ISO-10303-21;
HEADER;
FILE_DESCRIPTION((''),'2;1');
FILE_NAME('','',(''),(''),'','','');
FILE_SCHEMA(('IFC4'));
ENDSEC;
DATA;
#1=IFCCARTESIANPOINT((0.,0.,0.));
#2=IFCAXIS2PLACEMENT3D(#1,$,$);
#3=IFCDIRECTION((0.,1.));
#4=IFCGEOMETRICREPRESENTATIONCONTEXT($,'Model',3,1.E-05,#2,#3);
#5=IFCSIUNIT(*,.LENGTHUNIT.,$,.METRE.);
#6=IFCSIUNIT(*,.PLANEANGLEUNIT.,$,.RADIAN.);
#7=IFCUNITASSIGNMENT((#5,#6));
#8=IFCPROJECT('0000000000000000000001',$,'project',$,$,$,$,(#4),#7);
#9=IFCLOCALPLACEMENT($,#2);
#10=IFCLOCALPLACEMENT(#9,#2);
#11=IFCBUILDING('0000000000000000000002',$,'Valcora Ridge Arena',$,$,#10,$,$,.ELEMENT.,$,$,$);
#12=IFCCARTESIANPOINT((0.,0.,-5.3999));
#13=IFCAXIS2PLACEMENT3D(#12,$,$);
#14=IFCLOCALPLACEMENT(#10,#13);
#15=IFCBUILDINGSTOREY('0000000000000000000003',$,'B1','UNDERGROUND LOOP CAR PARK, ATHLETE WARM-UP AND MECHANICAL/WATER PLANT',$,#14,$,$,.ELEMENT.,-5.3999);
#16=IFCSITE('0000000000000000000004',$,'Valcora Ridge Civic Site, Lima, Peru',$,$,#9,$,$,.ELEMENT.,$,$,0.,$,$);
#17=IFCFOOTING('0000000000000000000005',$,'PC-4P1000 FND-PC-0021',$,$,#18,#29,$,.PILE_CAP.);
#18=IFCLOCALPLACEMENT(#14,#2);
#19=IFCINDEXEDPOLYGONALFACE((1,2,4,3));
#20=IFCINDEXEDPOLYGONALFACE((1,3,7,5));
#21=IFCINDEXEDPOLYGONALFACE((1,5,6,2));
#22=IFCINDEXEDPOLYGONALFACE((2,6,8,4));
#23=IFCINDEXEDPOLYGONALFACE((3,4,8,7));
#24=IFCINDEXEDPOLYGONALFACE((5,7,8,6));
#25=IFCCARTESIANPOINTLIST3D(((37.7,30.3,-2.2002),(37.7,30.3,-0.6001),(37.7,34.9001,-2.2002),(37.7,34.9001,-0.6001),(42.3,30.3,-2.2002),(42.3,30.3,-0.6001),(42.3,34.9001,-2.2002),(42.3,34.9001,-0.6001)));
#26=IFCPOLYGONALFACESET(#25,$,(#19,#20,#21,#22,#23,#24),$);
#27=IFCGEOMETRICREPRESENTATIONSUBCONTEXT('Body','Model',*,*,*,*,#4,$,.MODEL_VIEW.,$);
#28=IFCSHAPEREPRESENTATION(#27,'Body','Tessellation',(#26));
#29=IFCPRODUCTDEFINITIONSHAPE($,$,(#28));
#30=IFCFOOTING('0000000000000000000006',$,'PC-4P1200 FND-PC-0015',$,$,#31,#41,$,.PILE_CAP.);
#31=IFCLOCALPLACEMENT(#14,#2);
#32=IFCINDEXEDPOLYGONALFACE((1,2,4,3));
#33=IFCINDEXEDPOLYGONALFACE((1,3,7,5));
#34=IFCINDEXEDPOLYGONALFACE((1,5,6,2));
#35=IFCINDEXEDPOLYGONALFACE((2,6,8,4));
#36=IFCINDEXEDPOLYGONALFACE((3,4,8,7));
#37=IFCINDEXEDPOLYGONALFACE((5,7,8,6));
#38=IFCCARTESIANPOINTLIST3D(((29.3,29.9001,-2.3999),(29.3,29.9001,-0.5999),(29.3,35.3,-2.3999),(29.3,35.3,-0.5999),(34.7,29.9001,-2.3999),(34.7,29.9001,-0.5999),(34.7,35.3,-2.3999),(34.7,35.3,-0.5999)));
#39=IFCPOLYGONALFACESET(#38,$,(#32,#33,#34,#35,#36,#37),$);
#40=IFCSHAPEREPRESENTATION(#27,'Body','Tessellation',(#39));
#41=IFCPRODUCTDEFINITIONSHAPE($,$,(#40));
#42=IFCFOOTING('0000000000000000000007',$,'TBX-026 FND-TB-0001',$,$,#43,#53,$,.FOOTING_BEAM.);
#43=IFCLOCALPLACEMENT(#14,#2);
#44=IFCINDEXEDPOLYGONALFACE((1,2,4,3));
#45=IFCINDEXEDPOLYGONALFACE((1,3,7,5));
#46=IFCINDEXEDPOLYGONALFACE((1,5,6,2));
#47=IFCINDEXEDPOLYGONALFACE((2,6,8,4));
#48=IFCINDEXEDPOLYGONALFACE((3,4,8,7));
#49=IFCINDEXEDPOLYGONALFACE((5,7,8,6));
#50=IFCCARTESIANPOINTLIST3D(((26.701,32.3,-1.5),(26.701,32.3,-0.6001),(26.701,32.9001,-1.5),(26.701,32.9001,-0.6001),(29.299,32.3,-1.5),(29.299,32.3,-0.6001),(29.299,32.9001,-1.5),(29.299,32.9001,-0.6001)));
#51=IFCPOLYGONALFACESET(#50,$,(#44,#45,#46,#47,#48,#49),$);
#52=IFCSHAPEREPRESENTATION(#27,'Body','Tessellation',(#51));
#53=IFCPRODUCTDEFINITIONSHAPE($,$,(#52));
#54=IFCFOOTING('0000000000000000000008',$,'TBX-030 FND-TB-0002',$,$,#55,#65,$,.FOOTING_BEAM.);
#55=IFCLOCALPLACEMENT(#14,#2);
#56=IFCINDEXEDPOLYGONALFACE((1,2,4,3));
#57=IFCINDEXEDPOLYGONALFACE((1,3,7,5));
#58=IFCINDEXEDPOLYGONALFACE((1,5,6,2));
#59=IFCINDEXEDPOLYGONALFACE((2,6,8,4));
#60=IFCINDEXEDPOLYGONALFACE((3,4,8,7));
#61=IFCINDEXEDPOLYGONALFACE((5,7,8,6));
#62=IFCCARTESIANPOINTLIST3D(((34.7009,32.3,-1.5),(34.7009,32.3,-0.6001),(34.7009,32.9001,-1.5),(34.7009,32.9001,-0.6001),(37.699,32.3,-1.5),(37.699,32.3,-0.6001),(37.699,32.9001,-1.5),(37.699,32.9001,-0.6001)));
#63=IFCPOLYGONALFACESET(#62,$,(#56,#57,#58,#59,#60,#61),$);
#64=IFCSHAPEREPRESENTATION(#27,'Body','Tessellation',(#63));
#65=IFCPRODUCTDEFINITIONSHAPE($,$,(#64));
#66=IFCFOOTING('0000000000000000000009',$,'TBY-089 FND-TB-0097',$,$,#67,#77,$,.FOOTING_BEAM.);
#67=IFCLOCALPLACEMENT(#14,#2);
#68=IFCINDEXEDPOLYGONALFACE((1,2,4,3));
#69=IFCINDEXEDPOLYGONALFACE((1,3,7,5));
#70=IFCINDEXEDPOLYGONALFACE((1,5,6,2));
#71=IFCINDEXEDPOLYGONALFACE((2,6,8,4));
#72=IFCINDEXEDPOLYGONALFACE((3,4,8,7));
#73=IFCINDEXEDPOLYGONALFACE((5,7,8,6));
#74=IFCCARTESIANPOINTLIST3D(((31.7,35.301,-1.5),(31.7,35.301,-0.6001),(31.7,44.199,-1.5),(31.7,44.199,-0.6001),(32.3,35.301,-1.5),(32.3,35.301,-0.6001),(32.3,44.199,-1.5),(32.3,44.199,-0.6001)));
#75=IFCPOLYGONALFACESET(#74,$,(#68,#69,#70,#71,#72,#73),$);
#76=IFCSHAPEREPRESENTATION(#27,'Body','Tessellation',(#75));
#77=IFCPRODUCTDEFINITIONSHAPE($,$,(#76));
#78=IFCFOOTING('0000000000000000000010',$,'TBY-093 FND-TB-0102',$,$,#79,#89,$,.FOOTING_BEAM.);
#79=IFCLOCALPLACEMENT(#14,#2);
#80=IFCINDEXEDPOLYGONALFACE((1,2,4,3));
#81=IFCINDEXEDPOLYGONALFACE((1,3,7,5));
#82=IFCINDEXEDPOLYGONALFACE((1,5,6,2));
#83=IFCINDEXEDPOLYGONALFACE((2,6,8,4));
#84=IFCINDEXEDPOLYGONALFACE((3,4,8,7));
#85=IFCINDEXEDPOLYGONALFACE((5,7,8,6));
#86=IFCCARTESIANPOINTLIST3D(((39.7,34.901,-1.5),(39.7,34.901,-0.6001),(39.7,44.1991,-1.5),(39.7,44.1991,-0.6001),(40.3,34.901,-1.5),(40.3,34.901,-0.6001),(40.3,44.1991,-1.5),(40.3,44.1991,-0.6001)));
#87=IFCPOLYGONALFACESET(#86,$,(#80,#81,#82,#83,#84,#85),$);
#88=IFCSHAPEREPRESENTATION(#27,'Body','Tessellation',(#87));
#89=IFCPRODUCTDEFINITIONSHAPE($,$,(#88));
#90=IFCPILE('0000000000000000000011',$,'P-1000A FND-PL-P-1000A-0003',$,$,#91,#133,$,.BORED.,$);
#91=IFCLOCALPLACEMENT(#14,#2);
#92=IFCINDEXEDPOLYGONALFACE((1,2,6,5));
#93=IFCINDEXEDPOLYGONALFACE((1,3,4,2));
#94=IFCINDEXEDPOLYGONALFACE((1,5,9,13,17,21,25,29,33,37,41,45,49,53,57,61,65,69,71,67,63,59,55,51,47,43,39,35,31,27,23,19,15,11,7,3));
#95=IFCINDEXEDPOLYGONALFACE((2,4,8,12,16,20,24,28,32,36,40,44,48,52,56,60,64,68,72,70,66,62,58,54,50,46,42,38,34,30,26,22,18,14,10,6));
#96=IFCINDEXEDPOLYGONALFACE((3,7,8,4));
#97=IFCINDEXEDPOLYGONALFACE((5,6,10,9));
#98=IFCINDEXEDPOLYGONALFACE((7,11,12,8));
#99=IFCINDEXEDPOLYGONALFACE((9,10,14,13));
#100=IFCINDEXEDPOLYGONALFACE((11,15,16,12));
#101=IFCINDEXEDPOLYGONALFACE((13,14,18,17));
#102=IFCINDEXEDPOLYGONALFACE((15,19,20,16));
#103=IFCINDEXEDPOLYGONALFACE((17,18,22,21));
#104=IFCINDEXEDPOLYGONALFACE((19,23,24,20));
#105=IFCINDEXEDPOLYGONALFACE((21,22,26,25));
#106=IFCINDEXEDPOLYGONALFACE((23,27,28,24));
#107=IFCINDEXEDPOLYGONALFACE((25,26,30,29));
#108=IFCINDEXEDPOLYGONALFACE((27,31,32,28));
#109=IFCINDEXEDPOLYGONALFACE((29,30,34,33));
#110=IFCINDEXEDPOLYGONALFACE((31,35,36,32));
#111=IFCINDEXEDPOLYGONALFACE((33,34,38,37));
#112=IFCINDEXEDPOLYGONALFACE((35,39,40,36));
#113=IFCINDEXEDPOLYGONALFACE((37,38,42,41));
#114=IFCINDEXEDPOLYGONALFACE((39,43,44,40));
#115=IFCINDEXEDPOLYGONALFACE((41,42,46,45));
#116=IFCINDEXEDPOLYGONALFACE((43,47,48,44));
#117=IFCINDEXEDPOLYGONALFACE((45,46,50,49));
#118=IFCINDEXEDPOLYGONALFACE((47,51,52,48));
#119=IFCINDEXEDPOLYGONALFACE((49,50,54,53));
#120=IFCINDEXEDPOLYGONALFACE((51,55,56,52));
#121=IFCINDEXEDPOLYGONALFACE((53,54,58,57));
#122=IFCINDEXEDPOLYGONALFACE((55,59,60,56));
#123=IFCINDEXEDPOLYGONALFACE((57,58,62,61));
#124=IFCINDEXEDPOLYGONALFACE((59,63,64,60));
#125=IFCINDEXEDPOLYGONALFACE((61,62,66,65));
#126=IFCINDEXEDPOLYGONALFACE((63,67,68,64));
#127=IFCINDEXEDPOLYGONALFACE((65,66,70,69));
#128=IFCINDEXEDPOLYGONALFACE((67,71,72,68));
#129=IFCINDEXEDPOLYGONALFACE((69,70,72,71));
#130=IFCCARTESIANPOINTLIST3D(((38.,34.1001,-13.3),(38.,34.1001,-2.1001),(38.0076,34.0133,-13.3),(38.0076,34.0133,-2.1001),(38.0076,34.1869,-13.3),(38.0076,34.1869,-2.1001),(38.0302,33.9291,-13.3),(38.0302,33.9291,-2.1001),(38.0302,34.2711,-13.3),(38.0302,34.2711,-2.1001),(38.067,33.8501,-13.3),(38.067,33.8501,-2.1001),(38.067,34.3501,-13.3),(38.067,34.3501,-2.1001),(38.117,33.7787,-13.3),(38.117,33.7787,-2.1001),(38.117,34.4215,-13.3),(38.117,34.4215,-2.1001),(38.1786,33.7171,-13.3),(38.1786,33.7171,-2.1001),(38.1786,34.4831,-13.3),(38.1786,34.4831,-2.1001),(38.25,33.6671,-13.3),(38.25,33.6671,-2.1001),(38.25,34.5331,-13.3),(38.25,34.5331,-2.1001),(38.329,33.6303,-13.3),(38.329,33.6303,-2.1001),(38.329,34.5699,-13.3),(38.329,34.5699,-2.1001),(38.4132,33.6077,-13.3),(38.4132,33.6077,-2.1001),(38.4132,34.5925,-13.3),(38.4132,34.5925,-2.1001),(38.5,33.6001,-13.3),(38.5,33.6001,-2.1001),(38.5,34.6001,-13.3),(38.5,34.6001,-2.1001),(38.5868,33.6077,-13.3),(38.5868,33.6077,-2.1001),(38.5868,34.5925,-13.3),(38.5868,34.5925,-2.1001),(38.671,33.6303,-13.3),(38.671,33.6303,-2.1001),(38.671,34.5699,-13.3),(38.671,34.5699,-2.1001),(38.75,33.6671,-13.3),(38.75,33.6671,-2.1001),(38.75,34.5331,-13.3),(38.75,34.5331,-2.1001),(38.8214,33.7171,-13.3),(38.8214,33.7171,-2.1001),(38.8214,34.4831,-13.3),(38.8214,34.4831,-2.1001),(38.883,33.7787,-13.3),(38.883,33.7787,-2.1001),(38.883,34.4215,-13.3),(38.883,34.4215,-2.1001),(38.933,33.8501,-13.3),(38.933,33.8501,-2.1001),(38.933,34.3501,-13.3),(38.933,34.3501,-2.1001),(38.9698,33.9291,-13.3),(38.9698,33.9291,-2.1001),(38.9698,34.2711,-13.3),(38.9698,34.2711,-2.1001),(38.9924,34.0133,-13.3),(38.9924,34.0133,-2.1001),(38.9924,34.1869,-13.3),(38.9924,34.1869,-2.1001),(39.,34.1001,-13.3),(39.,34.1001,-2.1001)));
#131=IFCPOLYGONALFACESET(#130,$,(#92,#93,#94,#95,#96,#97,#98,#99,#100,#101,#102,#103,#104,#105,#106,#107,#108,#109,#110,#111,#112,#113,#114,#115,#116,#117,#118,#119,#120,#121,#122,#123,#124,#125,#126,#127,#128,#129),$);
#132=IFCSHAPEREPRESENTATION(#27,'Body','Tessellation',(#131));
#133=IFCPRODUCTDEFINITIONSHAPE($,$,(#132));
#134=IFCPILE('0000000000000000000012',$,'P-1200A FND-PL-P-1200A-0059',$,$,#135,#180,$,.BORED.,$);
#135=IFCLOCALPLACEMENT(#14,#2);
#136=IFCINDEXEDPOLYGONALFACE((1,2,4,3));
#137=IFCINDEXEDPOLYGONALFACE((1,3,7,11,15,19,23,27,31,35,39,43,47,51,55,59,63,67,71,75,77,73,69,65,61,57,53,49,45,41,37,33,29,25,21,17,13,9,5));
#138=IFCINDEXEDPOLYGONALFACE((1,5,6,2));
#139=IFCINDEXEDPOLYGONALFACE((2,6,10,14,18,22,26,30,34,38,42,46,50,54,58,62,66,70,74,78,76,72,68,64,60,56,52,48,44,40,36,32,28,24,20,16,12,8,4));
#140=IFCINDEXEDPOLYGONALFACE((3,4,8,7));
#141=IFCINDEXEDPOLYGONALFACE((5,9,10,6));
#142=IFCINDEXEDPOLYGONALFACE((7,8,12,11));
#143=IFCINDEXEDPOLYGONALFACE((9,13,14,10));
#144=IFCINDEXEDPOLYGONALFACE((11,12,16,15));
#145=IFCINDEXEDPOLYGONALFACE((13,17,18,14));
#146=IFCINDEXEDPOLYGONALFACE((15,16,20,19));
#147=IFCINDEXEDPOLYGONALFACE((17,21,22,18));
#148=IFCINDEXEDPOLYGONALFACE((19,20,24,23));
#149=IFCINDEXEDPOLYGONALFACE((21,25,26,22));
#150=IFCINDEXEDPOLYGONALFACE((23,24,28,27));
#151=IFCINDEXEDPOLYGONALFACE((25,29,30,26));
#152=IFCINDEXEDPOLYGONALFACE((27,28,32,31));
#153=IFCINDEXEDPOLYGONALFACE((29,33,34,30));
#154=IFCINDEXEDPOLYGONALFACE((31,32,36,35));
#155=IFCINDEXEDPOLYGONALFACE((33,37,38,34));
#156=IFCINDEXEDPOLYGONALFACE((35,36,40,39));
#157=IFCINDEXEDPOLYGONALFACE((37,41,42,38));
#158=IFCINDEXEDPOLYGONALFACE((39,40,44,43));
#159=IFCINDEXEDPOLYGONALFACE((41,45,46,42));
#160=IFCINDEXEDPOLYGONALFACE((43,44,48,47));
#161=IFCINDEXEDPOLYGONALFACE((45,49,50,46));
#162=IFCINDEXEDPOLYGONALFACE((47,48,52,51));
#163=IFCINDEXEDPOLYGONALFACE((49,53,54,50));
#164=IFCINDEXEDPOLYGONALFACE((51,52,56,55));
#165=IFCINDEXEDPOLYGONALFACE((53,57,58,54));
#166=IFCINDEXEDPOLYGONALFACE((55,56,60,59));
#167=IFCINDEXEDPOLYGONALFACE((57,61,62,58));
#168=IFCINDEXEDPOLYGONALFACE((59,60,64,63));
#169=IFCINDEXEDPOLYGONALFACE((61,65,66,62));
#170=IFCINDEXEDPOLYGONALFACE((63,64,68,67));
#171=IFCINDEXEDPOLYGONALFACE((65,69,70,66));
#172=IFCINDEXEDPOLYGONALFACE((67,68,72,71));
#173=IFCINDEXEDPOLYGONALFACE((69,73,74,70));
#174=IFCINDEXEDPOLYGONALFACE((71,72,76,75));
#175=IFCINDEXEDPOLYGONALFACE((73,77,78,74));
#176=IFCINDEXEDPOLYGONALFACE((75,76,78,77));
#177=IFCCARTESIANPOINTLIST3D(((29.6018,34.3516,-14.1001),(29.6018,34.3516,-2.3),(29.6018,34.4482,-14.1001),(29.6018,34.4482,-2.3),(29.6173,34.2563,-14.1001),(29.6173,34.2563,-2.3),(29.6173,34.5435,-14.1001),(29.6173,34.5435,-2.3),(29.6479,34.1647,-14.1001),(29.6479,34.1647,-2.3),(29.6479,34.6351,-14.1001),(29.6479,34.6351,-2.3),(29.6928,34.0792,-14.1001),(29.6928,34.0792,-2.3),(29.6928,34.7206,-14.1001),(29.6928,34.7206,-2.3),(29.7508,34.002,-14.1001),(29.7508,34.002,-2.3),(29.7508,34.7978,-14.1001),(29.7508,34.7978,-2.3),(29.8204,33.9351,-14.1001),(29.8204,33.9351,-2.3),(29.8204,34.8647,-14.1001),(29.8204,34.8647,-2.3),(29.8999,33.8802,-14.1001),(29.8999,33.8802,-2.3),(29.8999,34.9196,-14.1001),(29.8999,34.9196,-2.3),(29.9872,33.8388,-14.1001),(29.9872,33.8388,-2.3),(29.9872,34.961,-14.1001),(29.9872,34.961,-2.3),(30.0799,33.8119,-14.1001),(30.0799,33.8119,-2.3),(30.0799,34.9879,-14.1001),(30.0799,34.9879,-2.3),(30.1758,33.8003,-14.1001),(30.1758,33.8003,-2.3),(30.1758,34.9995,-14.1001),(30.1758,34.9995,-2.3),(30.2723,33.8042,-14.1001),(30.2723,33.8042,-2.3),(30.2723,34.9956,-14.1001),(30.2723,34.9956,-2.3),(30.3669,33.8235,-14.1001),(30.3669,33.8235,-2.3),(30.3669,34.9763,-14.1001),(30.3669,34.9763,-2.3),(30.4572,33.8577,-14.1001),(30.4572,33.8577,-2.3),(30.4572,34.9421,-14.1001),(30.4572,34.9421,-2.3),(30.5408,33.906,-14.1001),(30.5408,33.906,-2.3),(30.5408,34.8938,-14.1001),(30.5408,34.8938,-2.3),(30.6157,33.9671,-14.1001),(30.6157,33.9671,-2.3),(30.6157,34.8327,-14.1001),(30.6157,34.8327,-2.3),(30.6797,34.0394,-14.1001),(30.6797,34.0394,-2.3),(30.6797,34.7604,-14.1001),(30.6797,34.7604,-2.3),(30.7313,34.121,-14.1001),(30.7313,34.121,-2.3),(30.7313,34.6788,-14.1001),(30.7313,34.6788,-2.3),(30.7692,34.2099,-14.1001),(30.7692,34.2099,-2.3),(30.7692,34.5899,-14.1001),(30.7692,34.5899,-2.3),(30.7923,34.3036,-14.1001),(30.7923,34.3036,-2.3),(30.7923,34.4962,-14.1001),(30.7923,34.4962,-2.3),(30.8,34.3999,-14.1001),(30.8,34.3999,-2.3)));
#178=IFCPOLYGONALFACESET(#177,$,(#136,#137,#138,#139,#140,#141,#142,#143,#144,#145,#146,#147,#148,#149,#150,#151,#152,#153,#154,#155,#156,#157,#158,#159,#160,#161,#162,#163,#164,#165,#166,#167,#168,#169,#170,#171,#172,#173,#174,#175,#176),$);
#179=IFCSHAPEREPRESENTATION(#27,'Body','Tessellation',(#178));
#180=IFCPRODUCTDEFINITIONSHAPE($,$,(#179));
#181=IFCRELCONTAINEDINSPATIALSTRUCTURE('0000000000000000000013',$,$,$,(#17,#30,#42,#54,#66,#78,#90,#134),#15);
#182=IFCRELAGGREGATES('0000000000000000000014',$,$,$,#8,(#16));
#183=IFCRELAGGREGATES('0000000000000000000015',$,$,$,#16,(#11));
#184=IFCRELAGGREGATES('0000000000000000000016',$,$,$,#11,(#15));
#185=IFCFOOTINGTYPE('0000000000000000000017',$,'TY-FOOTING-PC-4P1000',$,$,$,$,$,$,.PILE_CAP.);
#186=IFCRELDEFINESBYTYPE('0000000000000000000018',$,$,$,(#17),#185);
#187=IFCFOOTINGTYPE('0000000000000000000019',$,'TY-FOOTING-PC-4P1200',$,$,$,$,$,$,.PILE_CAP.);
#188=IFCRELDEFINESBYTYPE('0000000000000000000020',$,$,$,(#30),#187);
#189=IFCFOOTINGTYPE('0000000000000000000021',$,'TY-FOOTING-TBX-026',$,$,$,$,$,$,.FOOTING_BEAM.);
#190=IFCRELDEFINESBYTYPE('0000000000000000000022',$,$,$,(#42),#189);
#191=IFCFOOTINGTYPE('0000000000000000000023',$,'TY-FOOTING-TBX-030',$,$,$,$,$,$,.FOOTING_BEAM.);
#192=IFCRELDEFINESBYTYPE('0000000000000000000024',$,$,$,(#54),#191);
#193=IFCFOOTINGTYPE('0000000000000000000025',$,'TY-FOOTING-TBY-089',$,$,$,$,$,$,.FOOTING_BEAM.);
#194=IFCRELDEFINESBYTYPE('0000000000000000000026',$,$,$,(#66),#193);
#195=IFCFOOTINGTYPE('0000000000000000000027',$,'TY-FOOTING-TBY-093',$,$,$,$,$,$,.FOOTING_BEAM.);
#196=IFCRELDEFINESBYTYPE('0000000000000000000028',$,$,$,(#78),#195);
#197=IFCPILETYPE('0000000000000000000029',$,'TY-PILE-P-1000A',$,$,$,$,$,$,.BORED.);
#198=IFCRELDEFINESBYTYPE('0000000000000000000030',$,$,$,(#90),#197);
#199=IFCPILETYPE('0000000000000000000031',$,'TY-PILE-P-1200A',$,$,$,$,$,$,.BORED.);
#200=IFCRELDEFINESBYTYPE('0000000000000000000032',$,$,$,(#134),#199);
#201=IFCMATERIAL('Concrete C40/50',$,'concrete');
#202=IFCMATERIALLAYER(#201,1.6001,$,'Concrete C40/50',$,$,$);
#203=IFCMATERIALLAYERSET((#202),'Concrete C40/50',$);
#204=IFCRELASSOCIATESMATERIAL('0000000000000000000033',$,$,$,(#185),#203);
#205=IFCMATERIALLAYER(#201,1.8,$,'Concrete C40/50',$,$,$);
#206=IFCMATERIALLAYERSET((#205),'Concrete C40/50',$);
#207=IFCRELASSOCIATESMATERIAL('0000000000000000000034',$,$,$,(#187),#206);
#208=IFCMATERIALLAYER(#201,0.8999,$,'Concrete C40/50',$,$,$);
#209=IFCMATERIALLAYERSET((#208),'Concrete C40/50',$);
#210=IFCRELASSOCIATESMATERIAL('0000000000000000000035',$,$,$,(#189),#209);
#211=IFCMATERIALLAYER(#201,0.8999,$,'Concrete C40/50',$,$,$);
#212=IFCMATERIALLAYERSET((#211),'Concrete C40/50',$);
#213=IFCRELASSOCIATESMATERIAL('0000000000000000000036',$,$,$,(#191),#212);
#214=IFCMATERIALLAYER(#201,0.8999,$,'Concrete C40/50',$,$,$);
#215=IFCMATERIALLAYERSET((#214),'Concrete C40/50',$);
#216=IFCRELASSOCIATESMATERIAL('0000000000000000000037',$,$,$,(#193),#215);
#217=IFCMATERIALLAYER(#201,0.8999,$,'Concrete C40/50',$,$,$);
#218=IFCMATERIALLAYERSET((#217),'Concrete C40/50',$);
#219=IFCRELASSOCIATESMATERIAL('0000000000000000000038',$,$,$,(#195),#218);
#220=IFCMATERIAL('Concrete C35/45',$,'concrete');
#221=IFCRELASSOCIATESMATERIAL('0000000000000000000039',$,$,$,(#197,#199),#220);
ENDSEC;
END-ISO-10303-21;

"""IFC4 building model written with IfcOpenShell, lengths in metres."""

from ifc_helpers import new_model, si_unit, direction, frame, origin, origin_2d, place, context, subcontext, project, spatial, rectangle, circle, extrude, material, layer, layer_set, material_profile, profile_set, type_object, element, save


model = new_model("IFC4")

# Units and contexts
model_context = context("Model", 3, precision=1e-05, world=origin(), true_north=direction((0.0, 1.0)))
body_context = subcontext(model_context, "Body", "Model", "MODEL_VIEW")
ifc_project = project(units=[si_unit("LENGTHUNIT", "METRE"), si_unit("PLANEANGLEUNIT", "RADIAN")], contexts=[model_context])

# Site, building, storey
site_placement = place(None, origin())
site = spatial("IfcSite", under=ifc_project, at=site_placement, Name="Valcora Ridge Civic Site, Lima, Peru", CompositionType="ELEMENT", RefElevation=0.0)
building_placement = place(site_placement, origin())
building = spatial("IfcBuilding", under=site, at=building_placement, Name="Valcora Ridge Arena", CompositionType="ELEMENT")
storey_placement = place(building_placement, frame((0.0, 0.0, -5.3999)))
storey = spatial("IfcBuildingStorey", under=building, at=storey_placement, Name="B1", Description="UNDERGROUND LOOP CAR PARK, ATHLETE WARM-UP AND MECHANICAL/WATER PLANT", CompositionType="ELEMENT", Elevation=-5.3999)

# Footings
ifc_material_1 = material(Name="Concrete C40/50", Category="concrete")
ifc_layer_1 = layer(ifc_material_1, 1.6001, Name="Concrete C40/50")
ifc_layer_set_1 = layer_set([ifc_layer_1], Name="Concrete C40/50")
footing_type_1 = type_object("IfcFootingType", Name="TY-FOOTING-PC-4P1000", PredefinedType="PILE_CAP", material=ifc_layer_set_1)
footing_1_placement = place(storey_placement, frame((40.0, 32.6001, -2.2002), z_axis=(0.0, 0.0, 1.0), x_axis=(1.0, 0.0, 0.0)))
element("IfcFooting", 1, at=footing_1_placement, inside=storey, type_object=footing_type_1, Name="PC-4P1000 FND-PC-0021", PredefinedType="PILE_CAP", context=body_context, shape_type="SweptSolid", body=[
    extrude(rectangle(XDim=4.6001, YDim=4.6001, at=origin_2d()), origin(), (0.0, 0.0, 1.0), 1.6001),
])
ifc_layer_2 = layer(ifc_material_1, 1.8, Name="Concrete C40/50")
ifc_layer_set_2 = layer_set([ifc_layer_2], Name="Concrete C40/50")
footing_type_2 = type_object("IfcFootingType", Name="TY-FOOTING-PC-4P1200", PredefinedType="PILE_CAP", material=ifc_layer_set_2)
footing_2_placement = place(storey_placement, frame((32.0, 32.6001, -2.3999), z_axis=(0.0, 0.0, 1.0), x_axis=(1.0, 0.0, 0.0)))
element("IfcFooting", 2, at=footing_2_placement, inside=storey, type_object=footing_type_2, Name="PC-4P1200 FND-PC-0015", PredefinedType="PILE_CAP", context=body_context, shape_type="SweptSolid", body=[
    extrude(rectangle(XDim=5.3999, YDim=5.3999, at=origin_2d()), origin(), (0.0, 0.0, 1.0), 1.8),
])
ifc_layer_3 = layer(ifc_material_1, 0.8999, Name="Concrete C40/50")
ifc_layer_set_3 = layer_set([ifc_layer_3], Name="Concrete C40/50")
footing_type_3 = type_object("IfcFootingType", Name="TY-FOOTING-TBX-026", PredefinedType="FOOTING_BEAM", material=ifc_layer_set_3)
footing_3_placement = place(storey_placement, frame((28.0, 32.6001, -1.5), z_axis=(0.0, 0.0, 1.0), x_axis=(1.0, 0.0, 0.0)))
element("IfcFooting", 3, at=footing_3_placement, inside=storey, type_object=footing_type_3, Name="TBX-026 FND-TB-0001", PredefinedType="FOOTING_BEAM", context=body_context, shape_type="SweptSolid", body=[
    extrude(rectangle(XDim=2.5979, YDim=0.6001, at=origin_2d()), origin(), (0.0, 0.0, 1.0), 0.8999),
])
ifc_layer_4 = layer(ifc_material_1, 0.8999, Name="Concrete C40/50")
ifc_layer_set_4 = layer_set([ifc_layer_4], Name="Concrete C40/50")
footing_type_4 = type_object("IfcFootingType", Name="TY-FOOTING-TBX-030", PredefinedType="FOOTING_BEAM", material=ifc_layer_set_4)
footing_4_placement = place(storey_placement, frame((36.2, 32.6001, -1.5), z_axis=(0.0, 0.0, 1.0), x_axis=(1.0, 0.0, 0.0)))
element("IfcFooting", 4, at=footing_4_placement, inside=storey, type_object=footing_type_4, Name="TBX-030 FND-TB-0002", PredefinedType="FOOTING_BEAM", context=body_context, shape_type="SweptSolid", body=[
    extrude(rectangle(XDim=2.998, YDim=0.6001, at=origin_2d()), origin(), (0.0, 0.0, 1.0), 0.8999),
])
ifc_layer_5 = layer(ifc_material_1, 0.8999, Name="Concrete C40/50")
ifc_layer_set_5 = layer_set([ifc_layer_5], Name="Concrete C40/50")
footing_type_5 = type_object("IfcFootingType", Name="TY-FOOTING-TBY-089", PredefinedType="FOOTING_BEAM", material=ifc_layer_set_5)
footing_5_placement = place(storey_placement, frame((32.0, 39.75, -1.5), z_axis=(0.0, 0.0, 1.0), x_axis=(1.0, 0.0, 0.0)))
element("IfcFooting", 5, at=footing_5_placement, inside=storey, type_object=footing_type_5, Name="TBY-089 FND-TB-0097", PredefinedType="FOOTING_BEAM", context=body_context, shape_type="SweptSolid", body=[
    extrude(rectangle(XDim=0.6001, YDim=8.8979, at=origin_2d()), origin(), (0.0, 0.0, 1.0), 0.8999),
])
ifc_layer_6 = layer(ifc_material_1, 0.8999, Name="Concrete C40/50")
ifc_layer_set_6 = layer_set([ifc_layer_6], Name="Concrete C40/50")
footing_type_6 = type_object("IfcFootingType", Name="TY-FOOTING-TBY-093", PredefinedType="FOOTING_BEAM", material=ifc_layer_set_6)
footing_6_placement = place(storey_placement, frame((40.0, 39.55, -1.5), z_axis=(0.0, 0.0, 1.0), x_axis=(1.0, 0.0, 0.0)))
element("IfcFooting", 6, at=footing_6_placement, inside=storey, type_object=footing_type_6, Name="TBY-093 FND-TB-0102", PredefinedType="FOOTING_BEAM", context=body_context, shape_type="SweptSolid", body=[
    extrude(rectangle(XDim=0.6001, YDim=9.2981, at=origin_2d()), origin(), (0.0, 0.0, 1.0), 0.8999),
])

# Piles
ifc_material_2 = material(Name="Concrete C35/45", Category="concrete")
ifc_material_profile_1 = material_profile(ifc_material_2, circle(Radius=0.5, at=origin_2d()), Name="BORED PILE D1000")
ifc_profile_set_1 = profile_set([ifc_material_profile_1], Name="Concrete C35/45")
pile_type_1 = type_object("IfcPileType", Name="TY-PILE-P-1000A", PredefinedType="BORED", material=ifc_profile_set_1)
pile_placement = place(storey_placement, frame((38.5, 34.1001, -2.1001), z_axis=(0.0, 0.0, -1.0), x_axis=(1.0, 0.0, 0.0)))
element("IfcPile", 7, at=pile_placement, inside=storey, type_object=pile_type_1, Name="P-1000A FND-PL-P-1000A-0003", PredefinedType="BORED", context=body_context, shape_type="SweptSolid", body=[
    extrude(circle(Radius=0.5, at=origin_2d()), origin(), (0.0, 0.0, 1.0), 11.2),
])
ifc_material_profile_2 = material_profile(ifc_material_2, circle(Radius=0.6001, at=origin_2d()), Name="BORED PILE D1200")
ifc_profile_set_2 = profile_set([ifc_material_profile_2], Name="Concrete C35/45")
pile_type_2 = type_object("IfcPileType", Name="TY-PILE-P-1200A", PredefinedType="BORED", material=ifc_profile_set_2)
for number, where, z_axis, x_axis, name in (
    (8, (30.2, 34.3999, -2.3), (0.0, 0.0, -1.0), (1.0, 0.0, 0.0), "P-1200A FND-PL-P-1200A-0059"),
):
    element("IfcPile", number, at=place(storey_placement, frame(where, z_axis=z_axis, x_axis=x_axis)), inside=storey, type_object=pile_type_2, Name=name, PredefinedType="BORED", context=body_context, shape_type="SweptSolid", body=[
        extrude(circle(Radius=0.6001, at=origin_2d()), origin(), (0.0, 0.0, 1.0), 11.8),
    ])

save(model, "model.ifc")
